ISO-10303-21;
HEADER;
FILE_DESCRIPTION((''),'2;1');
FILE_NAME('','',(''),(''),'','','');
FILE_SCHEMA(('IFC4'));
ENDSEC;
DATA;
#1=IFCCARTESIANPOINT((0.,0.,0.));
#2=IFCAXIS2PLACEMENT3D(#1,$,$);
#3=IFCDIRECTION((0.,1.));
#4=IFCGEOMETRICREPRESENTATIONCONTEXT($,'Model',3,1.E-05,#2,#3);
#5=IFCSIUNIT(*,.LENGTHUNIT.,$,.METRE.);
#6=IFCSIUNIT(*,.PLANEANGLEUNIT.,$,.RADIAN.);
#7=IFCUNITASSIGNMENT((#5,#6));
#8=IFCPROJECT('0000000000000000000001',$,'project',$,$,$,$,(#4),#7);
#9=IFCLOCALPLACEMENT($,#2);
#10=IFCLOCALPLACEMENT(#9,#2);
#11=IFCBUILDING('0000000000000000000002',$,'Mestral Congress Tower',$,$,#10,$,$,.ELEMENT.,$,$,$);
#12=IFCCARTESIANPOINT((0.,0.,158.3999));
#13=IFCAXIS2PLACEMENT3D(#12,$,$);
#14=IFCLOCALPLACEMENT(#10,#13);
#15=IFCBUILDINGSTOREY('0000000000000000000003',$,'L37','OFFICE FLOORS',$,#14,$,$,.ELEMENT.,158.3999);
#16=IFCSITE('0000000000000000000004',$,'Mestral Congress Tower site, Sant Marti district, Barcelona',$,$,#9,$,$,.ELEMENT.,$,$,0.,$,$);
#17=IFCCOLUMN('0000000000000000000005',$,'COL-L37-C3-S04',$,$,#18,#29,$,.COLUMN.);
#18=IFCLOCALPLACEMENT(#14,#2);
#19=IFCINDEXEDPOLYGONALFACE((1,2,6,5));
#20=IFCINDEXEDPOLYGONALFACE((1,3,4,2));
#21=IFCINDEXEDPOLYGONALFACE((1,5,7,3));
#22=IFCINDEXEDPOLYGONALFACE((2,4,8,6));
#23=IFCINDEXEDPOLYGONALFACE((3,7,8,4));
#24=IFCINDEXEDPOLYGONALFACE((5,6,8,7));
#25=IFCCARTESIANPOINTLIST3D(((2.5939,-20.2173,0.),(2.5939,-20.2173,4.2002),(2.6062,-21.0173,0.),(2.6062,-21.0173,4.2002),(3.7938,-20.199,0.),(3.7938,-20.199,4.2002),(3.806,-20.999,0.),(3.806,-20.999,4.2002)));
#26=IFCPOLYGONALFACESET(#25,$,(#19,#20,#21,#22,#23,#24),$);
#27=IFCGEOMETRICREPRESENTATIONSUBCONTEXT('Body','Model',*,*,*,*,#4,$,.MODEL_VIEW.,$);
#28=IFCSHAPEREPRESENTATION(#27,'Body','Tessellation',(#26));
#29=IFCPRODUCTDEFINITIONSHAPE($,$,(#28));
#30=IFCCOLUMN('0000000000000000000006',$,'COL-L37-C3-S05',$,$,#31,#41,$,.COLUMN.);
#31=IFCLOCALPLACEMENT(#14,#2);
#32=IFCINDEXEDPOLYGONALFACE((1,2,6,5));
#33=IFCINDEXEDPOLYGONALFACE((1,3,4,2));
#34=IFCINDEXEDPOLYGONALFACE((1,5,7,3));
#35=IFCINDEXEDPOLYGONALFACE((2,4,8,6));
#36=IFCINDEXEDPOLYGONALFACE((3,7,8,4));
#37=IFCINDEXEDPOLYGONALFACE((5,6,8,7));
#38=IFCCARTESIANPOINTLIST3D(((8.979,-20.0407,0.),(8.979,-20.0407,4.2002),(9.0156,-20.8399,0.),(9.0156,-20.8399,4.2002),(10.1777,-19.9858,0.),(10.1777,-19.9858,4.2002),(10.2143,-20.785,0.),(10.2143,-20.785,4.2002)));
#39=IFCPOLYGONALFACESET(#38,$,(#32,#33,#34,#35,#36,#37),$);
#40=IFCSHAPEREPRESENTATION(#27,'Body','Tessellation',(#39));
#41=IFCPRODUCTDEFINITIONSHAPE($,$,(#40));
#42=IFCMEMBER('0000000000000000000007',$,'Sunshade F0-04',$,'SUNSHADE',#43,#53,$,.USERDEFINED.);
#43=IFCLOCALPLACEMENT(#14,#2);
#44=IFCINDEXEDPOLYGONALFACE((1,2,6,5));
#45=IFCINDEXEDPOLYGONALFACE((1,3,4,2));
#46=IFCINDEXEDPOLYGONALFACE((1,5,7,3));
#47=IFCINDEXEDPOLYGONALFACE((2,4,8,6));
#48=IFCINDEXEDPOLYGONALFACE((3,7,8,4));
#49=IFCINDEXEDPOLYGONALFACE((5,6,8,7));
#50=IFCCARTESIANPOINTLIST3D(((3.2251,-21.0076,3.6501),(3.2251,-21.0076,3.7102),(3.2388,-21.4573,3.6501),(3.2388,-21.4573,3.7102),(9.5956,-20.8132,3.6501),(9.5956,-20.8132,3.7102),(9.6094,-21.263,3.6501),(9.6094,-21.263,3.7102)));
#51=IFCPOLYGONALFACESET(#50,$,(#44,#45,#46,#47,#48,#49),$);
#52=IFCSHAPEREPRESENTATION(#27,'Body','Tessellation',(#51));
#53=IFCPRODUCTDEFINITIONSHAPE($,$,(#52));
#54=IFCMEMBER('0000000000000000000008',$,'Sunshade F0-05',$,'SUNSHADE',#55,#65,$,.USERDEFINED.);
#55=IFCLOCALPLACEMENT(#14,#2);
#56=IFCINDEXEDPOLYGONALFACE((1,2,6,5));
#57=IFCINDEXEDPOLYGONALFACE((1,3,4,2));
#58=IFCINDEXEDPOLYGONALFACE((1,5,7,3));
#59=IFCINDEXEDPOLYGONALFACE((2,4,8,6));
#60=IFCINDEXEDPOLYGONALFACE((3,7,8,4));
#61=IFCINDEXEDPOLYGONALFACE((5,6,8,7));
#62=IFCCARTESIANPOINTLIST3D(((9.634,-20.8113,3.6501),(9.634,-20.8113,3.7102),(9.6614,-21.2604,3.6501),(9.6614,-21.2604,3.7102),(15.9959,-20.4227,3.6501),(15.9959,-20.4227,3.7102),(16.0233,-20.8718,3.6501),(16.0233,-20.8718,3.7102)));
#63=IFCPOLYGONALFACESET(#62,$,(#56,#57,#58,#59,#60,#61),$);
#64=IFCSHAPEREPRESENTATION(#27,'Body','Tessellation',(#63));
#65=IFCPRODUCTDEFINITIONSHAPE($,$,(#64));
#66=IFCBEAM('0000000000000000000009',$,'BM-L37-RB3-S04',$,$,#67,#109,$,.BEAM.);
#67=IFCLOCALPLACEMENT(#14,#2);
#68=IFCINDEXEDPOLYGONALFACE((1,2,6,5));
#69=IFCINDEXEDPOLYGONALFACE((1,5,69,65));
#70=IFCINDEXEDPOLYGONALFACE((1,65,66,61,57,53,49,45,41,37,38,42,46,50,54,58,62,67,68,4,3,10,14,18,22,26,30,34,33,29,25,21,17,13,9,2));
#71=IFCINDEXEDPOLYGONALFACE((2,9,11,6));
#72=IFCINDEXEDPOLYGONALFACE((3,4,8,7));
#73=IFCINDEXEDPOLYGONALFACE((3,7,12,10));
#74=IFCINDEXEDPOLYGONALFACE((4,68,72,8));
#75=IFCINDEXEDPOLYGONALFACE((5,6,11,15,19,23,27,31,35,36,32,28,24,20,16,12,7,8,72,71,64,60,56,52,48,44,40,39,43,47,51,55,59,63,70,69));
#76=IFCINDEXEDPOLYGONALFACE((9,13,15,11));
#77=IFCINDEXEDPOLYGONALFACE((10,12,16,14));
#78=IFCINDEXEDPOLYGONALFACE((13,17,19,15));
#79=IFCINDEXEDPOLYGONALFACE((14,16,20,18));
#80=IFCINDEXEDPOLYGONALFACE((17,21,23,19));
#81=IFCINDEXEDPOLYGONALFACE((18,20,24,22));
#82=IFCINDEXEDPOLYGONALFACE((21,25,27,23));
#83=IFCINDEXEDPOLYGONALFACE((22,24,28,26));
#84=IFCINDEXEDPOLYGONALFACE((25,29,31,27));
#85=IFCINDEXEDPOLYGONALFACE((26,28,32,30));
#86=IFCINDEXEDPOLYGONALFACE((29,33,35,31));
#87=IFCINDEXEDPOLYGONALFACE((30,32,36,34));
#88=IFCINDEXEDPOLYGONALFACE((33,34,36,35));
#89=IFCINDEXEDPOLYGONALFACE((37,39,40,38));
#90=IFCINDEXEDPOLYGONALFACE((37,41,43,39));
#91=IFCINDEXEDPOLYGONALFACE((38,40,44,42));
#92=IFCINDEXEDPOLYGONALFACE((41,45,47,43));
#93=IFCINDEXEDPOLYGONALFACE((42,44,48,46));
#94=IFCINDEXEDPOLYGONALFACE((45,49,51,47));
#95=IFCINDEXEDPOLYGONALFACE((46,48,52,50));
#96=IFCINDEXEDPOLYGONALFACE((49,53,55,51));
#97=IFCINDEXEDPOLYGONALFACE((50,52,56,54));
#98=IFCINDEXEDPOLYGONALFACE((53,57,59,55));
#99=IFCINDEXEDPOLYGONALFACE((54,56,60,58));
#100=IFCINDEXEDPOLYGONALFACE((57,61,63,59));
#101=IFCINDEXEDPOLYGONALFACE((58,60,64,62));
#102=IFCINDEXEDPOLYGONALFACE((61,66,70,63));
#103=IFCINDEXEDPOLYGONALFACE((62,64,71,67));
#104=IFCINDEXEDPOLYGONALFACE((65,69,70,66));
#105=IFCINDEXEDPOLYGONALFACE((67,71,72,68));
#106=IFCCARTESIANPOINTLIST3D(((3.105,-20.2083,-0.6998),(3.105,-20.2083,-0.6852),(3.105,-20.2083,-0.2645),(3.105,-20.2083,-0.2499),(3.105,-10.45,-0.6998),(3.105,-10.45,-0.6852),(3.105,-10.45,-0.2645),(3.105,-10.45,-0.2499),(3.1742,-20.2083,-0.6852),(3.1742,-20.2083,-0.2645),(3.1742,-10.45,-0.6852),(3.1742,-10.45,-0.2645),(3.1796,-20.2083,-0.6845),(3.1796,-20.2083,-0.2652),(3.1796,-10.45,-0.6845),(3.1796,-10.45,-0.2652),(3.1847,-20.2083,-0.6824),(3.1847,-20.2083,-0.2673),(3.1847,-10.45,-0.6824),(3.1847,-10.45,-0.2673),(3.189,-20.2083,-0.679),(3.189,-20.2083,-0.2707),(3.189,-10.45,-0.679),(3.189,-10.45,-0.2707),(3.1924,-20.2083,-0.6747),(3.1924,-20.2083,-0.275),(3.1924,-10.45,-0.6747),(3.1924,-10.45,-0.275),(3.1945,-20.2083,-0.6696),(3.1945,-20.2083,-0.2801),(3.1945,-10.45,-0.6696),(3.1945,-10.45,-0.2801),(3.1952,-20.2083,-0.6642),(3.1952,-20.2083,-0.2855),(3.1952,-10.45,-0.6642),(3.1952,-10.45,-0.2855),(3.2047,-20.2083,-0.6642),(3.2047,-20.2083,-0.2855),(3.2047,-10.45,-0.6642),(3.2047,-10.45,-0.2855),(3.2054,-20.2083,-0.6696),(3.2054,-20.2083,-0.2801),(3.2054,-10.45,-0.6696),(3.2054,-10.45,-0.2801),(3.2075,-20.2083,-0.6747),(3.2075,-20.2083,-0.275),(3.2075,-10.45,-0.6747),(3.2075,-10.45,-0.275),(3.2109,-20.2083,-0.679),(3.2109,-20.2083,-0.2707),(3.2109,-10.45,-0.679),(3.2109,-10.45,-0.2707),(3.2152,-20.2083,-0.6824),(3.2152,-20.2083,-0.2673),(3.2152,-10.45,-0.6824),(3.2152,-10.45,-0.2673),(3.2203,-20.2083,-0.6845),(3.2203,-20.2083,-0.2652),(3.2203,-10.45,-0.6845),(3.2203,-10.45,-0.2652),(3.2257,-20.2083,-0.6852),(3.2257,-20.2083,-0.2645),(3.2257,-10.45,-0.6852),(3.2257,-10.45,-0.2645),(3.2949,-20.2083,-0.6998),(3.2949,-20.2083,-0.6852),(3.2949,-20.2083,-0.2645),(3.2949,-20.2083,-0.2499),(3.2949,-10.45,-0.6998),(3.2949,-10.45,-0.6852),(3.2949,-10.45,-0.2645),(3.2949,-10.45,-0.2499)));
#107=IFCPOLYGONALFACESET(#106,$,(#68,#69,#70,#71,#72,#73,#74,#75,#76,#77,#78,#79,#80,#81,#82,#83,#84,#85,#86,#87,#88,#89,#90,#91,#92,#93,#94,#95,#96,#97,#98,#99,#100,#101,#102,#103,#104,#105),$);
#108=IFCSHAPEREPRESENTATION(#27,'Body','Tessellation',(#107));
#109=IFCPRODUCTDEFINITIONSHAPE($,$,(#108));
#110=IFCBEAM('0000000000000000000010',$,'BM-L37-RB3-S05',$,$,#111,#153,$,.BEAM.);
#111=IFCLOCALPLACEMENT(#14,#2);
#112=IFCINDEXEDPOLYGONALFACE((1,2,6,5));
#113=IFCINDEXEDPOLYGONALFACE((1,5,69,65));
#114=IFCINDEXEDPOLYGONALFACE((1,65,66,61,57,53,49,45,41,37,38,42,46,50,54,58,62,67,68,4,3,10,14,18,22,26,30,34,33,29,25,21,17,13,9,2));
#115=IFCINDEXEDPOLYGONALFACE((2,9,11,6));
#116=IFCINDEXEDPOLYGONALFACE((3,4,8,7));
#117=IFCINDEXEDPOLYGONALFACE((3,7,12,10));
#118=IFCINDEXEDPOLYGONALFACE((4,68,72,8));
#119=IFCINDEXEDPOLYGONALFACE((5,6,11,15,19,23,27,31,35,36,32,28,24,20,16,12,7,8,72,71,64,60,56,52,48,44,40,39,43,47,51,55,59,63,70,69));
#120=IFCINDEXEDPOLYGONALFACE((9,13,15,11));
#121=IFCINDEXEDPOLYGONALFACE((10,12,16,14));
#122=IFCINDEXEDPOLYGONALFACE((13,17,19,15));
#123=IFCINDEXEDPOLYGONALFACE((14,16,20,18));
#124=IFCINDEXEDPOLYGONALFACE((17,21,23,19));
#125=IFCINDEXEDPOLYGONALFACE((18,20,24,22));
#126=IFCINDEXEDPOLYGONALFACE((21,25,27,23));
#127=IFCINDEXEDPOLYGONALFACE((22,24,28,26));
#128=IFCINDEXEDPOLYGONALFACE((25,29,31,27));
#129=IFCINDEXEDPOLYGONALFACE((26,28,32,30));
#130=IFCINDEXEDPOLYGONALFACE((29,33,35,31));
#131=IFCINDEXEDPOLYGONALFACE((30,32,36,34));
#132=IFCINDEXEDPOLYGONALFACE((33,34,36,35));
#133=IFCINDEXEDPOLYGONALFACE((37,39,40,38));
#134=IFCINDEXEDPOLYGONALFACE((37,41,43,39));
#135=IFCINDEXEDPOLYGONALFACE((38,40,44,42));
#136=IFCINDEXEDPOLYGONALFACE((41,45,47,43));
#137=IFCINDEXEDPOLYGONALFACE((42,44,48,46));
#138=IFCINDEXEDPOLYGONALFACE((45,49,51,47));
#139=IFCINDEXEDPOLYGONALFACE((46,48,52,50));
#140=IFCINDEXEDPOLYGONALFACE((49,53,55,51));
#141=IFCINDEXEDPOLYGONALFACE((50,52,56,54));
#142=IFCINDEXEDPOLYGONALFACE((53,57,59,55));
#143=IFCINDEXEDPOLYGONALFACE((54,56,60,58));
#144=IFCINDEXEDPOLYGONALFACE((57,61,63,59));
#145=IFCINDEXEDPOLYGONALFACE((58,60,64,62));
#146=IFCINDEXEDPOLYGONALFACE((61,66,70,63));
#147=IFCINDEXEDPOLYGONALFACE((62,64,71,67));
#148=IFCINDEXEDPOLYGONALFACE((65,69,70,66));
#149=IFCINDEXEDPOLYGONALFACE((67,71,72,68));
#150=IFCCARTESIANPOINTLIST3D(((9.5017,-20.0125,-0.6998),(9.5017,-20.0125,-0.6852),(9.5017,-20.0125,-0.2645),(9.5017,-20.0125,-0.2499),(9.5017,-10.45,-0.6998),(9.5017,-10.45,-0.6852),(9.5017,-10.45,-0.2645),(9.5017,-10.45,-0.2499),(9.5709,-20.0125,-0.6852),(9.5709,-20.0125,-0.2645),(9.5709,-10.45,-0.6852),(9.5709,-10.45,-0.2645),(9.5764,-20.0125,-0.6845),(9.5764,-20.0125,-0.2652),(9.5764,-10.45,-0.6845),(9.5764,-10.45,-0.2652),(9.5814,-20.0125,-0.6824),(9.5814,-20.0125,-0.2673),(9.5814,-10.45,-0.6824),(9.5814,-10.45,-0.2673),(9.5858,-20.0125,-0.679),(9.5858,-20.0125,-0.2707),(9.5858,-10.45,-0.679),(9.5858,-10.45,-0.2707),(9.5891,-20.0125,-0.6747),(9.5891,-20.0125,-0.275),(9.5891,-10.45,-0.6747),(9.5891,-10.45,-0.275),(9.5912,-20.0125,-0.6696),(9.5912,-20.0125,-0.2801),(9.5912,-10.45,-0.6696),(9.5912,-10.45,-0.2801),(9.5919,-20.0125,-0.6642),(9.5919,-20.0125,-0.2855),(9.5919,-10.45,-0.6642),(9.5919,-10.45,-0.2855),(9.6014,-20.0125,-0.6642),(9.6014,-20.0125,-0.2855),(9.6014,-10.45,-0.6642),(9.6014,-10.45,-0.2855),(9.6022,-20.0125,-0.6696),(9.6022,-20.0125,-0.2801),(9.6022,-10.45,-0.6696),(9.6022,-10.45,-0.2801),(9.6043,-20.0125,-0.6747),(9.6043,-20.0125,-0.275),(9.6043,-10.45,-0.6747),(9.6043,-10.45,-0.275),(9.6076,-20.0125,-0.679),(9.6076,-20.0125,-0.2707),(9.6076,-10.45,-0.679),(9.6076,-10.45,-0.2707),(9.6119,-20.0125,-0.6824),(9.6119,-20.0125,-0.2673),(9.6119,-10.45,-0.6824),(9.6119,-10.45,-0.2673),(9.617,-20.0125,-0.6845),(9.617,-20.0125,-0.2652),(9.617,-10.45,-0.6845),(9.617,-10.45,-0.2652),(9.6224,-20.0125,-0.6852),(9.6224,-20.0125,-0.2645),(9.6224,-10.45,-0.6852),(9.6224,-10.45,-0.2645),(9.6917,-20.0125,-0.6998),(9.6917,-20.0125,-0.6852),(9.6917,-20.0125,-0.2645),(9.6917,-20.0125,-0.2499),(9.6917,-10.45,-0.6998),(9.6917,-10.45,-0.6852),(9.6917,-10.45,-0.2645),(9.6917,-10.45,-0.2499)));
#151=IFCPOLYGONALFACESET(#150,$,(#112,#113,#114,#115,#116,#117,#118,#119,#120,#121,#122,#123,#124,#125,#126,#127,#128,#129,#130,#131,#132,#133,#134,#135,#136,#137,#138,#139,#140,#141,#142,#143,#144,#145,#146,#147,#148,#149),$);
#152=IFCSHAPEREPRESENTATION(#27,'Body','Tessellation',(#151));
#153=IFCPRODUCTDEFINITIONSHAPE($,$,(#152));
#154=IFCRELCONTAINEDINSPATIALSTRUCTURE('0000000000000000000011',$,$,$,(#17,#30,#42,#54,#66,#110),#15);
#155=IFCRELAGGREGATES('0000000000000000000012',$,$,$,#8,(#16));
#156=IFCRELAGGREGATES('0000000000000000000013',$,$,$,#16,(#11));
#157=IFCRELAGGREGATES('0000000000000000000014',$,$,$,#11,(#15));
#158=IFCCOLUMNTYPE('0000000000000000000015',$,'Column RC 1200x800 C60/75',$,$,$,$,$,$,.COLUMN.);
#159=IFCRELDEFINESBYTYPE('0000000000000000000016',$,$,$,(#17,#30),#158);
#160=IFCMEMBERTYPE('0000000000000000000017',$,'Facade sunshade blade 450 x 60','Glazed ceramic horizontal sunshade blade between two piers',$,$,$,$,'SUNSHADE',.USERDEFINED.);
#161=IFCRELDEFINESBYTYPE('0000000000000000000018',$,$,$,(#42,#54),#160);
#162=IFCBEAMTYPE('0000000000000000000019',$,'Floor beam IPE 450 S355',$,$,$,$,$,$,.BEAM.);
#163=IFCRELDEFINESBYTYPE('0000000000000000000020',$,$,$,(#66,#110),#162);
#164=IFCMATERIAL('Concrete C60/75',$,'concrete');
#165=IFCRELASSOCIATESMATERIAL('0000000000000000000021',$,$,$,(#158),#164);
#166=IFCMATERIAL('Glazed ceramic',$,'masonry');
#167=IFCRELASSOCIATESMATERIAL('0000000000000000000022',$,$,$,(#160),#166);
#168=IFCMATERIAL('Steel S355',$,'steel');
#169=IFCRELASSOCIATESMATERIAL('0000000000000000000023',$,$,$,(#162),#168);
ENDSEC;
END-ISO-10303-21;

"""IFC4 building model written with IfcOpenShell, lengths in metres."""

from ifc_helpers import new_model, si_unit, direction, frame, origin, origin_2d, place, context, subcontext, project, spatial, rectangle, i_section, extrude, material, material_profile, profile_set, type_object, element, save


model = new_model("IFC4")

# Units and contexts
model_context = context("Model", 3, precision=1e-05, world=origin(), true_north=direction((0.0, 1.0)))
body_context = subcontext(model_context, "Body", "Model", "MODEL_VIEW")
ifc_project = project(units=[si_unit("LENGTHUNIT", "METRE"), si_unit("PLANEANGLEUNIT", "RADIAN")], contexts=[model_context])

# Site, building, storey
site_placement = place(None, origin())
site = spatial("IfcSite", under=ifc_project, at=site_placement, Name="Mestral Congress Tower site, Sant Marti district, Barcelona", CompositionType="ELEMENT", RefElevation=0.0)
building_placement = place(site_placement, origin())
building = spatial("IfcBuilding", under=site, at=building_placement, Name="Mestral Congress Tower", CompositionType="ELEMENT")
storey_placement = place(building_placement, frame((0.0, 0.0, 158.3999)))
storey = spatial("IfcBuildingStorey", under=building, at=storey_placement, Name="L37", Description="OFFICE FLOORS", CompositionType="ELEMENT", Elevation=158.3999)

# Columns
ifc_material_1 = material(Name="Concrete C60/75", Category="concrete")
ifc_material_profile_1 = material_profile(ifc_material_1, rectangle(XDim=1.2, YDim=0.8, at=origin_2d()), Name="RC 1200x800")
ifc_profile_set_1 = profile_set([ifc_material_profile_1], Name="Concrete C60/75")
column_type = type_object("IfcColumnType", Name="Column RC 1200x800 C60/75", PredefinedType="COLUMN", material=ifc_profile_set_1)
for number, where, z_axis, x_axis, name in (
    (1, (3.2, -20.6082, 0.0), (0.0, 0.0, 1.0), (0.999884, 0.015262, 0.0), "COL-L37-C3-S04"),
    (2, (9.5967, -20.4128, 0.0), (0.0, 0.0, 1.0), (0.998952, 0.045771, 0.0), "COL-L37-C3-S05"),
):
    element("IfcColumn", number, at=place(storey_placement, frame(where, z_axis=z_axis, x_axis=x_axis)), inside=storey, type_object=column_type, Name=name, PredefinedType="COLUMN", context=body_context, shape_type="SweptSolid", body=[
        extrude(rectangle(XDim=1.2, YDim=0.8, at=origin_2d()), origin(), (0.0, 0.0, 1.0), 4.2002),
    ])

# Members
ifc_material_2 = material(Name="Glazed ceramic", Category="masonry")
ifc_material_profile_2 = material_profile(ifc_material_2, rectangle(XDim=0.45, YDim=0.0601, at=origin_2d()), Name="Ceramic blade 450 x 60")
ifc_profile_set_2 = profile_set([ifc_material_profile_2], Name="Glazed ceramic")
member_type = type_object("IfcMemberType", Name="Facade sunshade blade 450 x 60", Description="Glazed ceramic horizontal sunshade blade between two piers", ElementType="SUNSHADE", PredefinedType="USERDEFINED", material=ifc_profile_set_2)
member_1_placement = place(storey_placement, frame((3.2319, -21.2324, 3.6802), z_axis=(0.999535, 0.030491, 0.0), x_axis=(-0.030491, 0.999535, 0.0)))
element("IfcMember", 3, at=member_1_placement, inside=storey, type_object=member_type, Name="Sunshade F0-04", ObjectType="SUNSHADE", PredefinedType="USERDEFINED", context=body_context, shape_type="SweptSolid", body=[
    extrude(rectangle(XDim=0.45, YDim=0.0601, at=origin_2d()), origin(), (0.0, 0.0, 1.0), 6.3735),
])
member_2_placement = place(storey_placement, frame((9.6477, -21.0359, 3.6802), z_axis=(0.998139, 0.060981, 0.0), x_axis=(-0.060981, 0.998139, 0.0)))
element("IfcMember", 4, at=member_2_placement, inside=storey, type_object=member_type, Name="Sunshade F0-05", ObjectType="SUNSHADE", PredefinedType="USERDEFINED", context=body_context, shape_type="SweptSolid", body=[
    extrude(rectangle(XDim=0.45, YDim=0.0601, at=origin_2d()), origin(), (0.0, 0.0, 1.0), 6.3738),
])

# Beams
ifc_material_3 = material(Name="Steel S355", Category="steel")
ifc_material_profile_3 = material_profile(ifc_material_3, i_section(OverallWidth=0.1899, OverallDepth=0.45, WebThickness=0.0095, FlangeThickness=0.0146, FilletRadius=0.021, at=origin_2d()), Name="IPE 450")
ifc_profile_set_3 = profile_set([ifc_material_profile_3], Name="Steel S355")
beam_type_1 = type_object("IfcBeamType", Name="Floor beam IPE 450 S355", PredefinedType="BEAM", material=ifc_profile_set_3)
beam_1_placement = place(storey_placement, frame((3.2, -20.2083, -0.4749), z_axis=(0.0, 1.0, 0.0), x_axis=(-1.0, 0.0, 0.0)))
element("IfcBeam", 5, at=beam_1_placement, inside=storey, type_object=beam_type_1, Name="BM-L37-RB3-S04", PredefinedType="BEAM", context=body_context, shape_type="SweptSolid", body=[
    extrude(i_section(OverallWidth=0.1899, OverallDepth=0.45, WebThickness=0.0095, FlangeThickness=0.0146, FilletRadius=0.021, at=origin_2d()), origin(), (0.0, 0.0, 1.0), 9.7583),
])
beam_2_placement = place(storey_placement, frame((9.5967, -20.0125, -0.4749), z_axis=(0.0, 1.0, 0.0), x_axis=(-1.0, 0.0, 0.0)))
element("IfcBeam", 6, at=beam_2_placement, inside=storey, type_object=beam_type_1, Name="BM-L37-RB3-S05", PredefinedType="BEAM", context=body_context, shape_type="SweptSolid", body=[
    extrude(i_section(OverallWidth=0.1899, OverallDepth=0.45, WebThickness=0.0095, FlangeThickness=0.0146, FilletRadius=0.021, at=origin_2d()), origin(), (0.0, 0.0, 1.0), 9.5625),
])

save(model, "model.ifc")
